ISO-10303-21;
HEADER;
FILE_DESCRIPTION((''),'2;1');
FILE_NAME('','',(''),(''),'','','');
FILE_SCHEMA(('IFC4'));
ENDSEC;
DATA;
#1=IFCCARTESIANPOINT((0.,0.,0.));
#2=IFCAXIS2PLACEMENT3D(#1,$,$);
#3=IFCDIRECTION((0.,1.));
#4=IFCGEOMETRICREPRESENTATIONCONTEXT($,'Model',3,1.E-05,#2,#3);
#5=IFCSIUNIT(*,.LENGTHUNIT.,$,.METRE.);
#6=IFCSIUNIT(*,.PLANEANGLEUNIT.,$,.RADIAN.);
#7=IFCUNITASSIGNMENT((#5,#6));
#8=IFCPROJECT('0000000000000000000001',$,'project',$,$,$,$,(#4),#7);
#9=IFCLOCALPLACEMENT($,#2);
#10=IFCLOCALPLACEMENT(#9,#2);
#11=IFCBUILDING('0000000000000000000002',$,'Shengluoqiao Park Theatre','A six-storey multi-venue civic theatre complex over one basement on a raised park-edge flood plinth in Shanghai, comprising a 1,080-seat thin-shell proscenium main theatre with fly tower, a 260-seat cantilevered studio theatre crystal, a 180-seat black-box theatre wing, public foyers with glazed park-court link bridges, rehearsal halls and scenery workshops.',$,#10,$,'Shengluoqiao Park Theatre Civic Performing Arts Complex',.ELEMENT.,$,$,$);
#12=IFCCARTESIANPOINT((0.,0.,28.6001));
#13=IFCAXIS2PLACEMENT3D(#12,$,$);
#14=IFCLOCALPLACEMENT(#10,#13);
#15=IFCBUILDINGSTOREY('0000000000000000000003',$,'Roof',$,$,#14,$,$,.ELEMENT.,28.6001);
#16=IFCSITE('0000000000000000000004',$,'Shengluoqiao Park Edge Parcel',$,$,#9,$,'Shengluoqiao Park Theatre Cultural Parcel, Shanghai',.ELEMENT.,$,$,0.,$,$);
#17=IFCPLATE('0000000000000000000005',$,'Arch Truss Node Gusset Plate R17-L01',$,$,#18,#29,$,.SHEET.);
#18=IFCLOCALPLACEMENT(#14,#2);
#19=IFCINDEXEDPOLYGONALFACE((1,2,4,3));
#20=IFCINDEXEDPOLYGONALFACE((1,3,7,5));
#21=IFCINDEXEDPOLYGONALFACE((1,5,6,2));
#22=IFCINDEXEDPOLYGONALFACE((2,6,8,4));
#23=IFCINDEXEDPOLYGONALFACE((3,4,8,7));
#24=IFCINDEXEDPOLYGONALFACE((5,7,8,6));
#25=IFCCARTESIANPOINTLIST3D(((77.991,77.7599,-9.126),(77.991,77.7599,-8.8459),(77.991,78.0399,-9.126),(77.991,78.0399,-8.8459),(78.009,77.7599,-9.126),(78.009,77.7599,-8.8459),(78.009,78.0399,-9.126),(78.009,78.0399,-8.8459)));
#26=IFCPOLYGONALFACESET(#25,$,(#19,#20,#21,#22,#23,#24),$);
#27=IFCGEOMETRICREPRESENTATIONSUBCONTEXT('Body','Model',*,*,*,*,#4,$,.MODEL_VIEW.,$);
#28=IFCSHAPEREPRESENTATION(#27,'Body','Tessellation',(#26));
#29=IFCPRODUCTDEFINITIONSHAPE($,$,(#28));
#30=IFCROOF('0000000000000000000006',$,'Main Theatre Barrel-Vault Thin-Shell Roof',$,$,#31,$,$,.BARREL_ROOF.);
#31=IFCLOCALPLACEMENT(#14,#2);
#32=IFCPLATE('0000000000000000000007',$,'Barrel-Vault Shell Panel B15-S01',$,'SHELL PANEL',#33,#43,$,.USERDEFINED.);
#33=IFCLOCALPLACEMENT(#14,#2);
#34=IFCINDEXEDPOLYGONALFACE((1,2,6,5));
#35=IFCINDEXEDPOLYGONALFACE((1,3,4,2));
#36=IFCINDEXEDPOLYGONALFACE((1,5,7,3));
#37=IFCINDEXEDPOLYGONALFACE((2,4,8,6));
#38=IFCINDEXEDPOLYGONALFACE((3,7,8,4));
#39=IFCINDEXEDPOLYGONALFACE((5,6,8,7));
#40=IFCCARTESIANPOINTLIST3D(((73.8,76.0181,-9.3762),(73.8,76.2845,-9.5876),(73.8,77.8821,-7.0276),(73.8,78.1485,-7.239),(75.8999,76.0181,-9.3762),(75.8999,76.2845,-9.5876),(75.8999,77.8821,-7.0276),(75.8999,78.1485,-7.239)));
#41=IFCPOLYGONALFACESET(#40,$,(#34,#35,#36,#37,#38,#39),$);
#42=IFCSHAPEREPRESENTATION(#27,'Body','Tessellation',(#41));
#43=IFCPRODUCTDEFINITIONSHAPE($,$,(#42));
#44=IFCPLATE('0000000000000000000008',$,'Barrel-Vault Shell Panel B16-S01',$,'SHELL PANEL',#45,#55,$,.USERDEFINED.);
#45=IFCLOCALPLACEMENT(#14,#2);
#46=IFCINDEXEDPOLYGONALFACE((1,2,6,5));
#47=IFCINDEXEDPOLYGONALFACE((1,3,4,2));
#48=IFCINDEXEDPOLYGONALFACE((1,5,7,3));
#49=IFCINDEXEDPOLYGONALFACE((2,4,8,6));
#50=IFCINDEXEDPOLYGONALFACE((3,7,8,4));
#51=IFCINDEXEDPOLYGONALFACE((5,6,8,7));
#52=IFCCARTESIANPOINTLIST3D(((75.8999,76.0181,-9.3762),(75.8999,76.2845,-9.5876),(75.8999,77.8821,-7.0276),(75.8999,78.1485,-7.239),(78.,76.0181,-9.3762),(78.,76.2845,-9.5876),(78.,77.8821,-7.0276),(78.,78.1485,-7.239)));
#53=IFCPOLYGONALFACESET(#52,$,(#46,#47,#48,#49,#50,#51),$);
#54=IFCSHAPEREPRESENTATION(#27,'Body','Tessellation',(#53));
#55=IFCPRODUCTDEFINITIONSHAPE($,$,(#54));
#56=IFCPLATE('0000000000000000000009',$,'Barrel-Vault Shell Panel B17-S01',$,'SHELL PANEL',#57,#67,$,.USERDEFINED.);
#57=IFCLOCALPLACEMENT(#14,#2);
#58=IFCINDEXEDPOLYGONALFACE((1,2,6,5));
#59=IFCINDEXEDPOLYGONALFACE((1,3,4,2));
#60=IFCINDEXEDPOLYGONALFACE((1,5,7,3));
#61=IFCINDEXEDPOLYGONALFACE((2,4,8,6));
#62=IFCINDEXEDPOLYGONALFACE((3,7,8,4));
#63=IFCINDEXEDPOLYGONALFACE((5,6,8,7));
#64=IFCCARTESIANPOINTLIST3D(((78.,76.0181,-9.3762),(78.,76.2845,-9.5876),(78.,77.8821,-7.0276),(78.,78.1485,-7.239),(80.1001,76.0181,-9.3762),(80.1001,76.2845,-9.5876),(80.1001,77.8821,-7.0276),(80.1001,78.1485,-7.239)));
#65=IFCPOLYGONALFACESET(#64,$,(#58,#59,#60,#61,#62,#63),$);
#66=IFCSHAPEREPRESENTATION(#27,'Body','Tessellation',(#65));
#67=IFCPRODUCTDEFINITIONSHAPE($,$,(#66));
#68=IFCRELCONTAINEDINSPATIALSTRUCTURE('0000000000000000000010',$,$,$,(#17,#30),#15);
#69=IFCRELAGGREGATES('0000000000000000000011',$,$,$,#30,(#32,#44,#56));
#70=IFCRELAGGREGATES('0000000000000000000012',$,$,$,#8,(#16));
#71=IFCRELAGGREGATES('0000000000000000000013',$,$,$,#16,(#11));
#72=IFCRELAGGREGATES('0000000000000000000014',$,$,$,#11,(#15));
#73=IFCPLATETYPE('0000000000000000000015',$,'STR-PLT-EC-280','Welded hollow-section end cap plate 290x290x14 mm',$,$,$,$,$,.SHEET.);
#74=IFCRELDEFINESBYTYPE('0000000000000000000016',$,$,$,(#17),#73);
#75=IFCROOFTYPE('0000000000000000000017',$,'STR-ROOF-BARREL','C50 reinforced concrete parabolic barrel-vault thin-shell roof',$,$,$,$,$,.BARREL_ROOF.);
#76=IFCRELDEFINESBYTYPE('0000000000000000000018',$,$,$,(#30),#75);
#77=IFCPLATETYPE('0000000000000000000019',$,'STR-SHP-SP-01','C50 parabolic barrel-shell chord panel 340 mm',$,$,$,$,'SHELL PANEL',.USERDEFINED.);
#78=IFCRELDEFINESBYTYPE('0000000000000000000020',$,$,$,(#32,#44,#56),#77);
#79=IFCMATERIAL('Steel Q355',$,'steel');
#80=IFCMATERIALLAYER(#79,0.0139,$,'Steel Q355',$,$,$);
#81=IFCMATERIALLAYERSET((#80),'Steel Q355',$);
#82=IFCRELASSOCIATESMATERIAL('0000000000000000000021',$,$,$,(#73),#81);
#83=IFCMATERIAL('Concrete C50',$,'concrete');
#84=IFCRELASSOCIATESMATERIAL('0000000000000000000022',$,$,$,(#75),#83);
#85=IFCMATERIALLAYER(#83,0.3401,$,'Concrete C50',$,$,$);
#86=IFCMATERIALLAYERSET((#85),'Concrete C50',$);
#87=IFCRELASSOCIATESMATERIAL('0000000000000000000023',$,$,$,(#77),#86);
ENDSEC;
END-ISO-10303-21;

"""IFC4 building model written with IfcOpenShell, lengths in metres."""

from ifc_helpers import new_model, si_unit, direction, frame, origin, origin_2d, place, context, subcontext, project, spatial, polyline, rectangle, outline, extrude, material, layer, layer_set, type_object, element, aggregate, save


model = new_model("IFC4")

# Units and contexts
model_context = context("Model", 3, precision=1e-05, world=origin(), true_north=direction((0.0, 1.0)))
body_context = subcontext(model_context, "Body", "Model", "MODEL_VIEW")
ifc_project = project(units=[si_unit("LENGTHUNIT", "METRE"), si_unit("PLANEANGLEUNIT", "RADIAN")], contexts=[model_context])

# Site, building, storey
site_placement = place(None, origin())
site = spatial("IfcSite", under=ifc_project, at=site_placement, Name="Shengluoqiao Park Edge Parcel", LongName="Shengluoqiao Park Theatre Cultural Parcel, Shanghai", CompositionType="ELEMENT", RefElevation=0.0)
building_placement = place(site_placement, origin())
building = spatial("IfcBuilding", under=site, at=building_placement, Name="Shengluoqiao Park Theatre", Description="A six-storey multi-venue civic theatre complex over one basement on a raised park-edge flood plinth in Shanghai, comprising a 1,080-seat thin-shell proscenium main theatre with fly tower, a 260-seat cantilevered studio theatre crystal, a 180-seat black-box theatre wing, public foyers with glazed park-court link bridges, rehearsal halls and scenery workshops.", LongName="Shengluoqiao Park Theatre Civic Performing Arts Complex", CompositionType="ELEMENT")
storey_placement = place(building_placement, frame((0.0, 0.0, 28.6001)))
storey = spatial("IfcBuildingStorey", under=building, at=storey_placement, Name="Roof", CompositionType="ELEMENT", Elevation=28.6001)

# Shared definitions
ifc_material_1 = material(Name="Concrete C50", Category="concrete")
ifc_material_2 = material(Name="Steel Q355", Category="steel")

# Plate
ifc_layer_1 = layer(ifc_material_2, 0.0139, Name="Steel Q355")
ifc_layer_set_1 = layer_set([ifc_layer_1], Name="Steel Q355")
plate_type_1 = type_object("IfcPlateType", Name="STR-PLT-EC-280", Description="Welded hollow-section end cap plate 290x290x14 mm", PredefinedType="SHEET", material=ifc_layer_set_1)
for number, where, z_axis, x_axis, name in (
    (1, (78.0, 77.8999, -9.126), (0.0, 0.0, 1.0), (1.0, 0.0, 0.0), "Arch Truss Node Gusset Plate R17-L01"),
):
    element("IfcPlate", number, at=place(storey_placement, frame(where, z_axis=z_axis, x_axis=x_axis)), inside=storey, type_object=plate_type_1, Name=name, PredefinedType="SHEET", context=body_context, shape_type="SweptSolid", body=[
        extrude(rectangle(XDim=0.0181, YDim=0.28, at=origin_2d()), origin(), (0.0, 0.0, 1.0), 0.28),
    ])

# Roof, plates
roof_type = type_object("IfcRoofType", Name="STR-ROOF-BARREL", Description="C50 reinforced concrete parabolic barrel-vault thin-shell roof", PredefinedType="BARREL_ROOF", material=ifc_material_1)
roof_placement = place(storey_placement, origin())
roof = element("IfcRoof", 2, at=roof_placement, inside=storey, type_object=roof_type, Name="Main Theatre Barrel-Vault Thin-Shell Roof", PredefinedType="BARREL_ROOF")
ifc_layer_2 = layer(ifc_material_1, 0.3401, Name="Concrete C50")
ifc_layer_set_2 = layer_set([ifc_layer_2], Name="Concrete C50")
plate_type_2 = type_object("IfcPlateType", Name="STR-SHP-SP-01", Description="C50 parabolic barrel-shell chord panel 340 mm", ElementType="SHELL PANEL", PredefinedType="USERDEFINED", material=ifc_layer_set_2)
plate_1_placement = place(storey_placement, frame((73.8, 76.0181, -9.3762), z_axis=(0.0, -0.783286, 0.621662), x_axis=(1.0, 0.0, 0.0)))
plate_1 = element("IfcPlate", 3, at=plate_1_placement, type_object=plate_type_2, Name="Barrel-Vault Shell Panel B15-S01", ObjectType="SHELL PANEL", PredefinedType="USERDEFINED", context=body_context, shape_type="SweptSolid", body=[
    extrude(outline(polyline([(0.0, 0.0), (2.0999, 0.0), (2.0999, 2.9984), (0.0, 2.9984), (0.0, 0.0)])), origin(), (0.0, 0.0, -1.0), 0.3401),
])
plate_2_placement = place(storey_placement, frame((75.8999, 76.0181, -9.3762), z_axis=(0.0, -0.783286, 0.621662), x_axis=(1.0, 0.0, 0.0)))
plate_2 = element("IfcPlate", 4, at=plate_2_placement, type_object=plate_type_2, Name="Barrel-Vault Shell Panel B16-S01", ObjectType="SHELL PANEL", PredefinedType="USERDEFINED", context=body_context, shape_type="SweptSolid", body=[
    extrude(outline(polyline([(0.0, 0.0), (2.1001, 0.0), (2.1001, 2.9984), (0.0, 2.9984), (0.0, 0.0)])), origin(), (0.0, 0.0, -1.0), 0.3401),
])
plate_3_placement = place(storey_placement, frame((78.0, 76.0181, -9.3762), z_axis=(0.0, -0.783286, 0.621662), x_axis=(1.0, 0.0, 0.0)))
plate_3 = element("IfcPlate", 5, at=plate_3_placement, type_object=plate_type_2, Name="Barrel-Vault Shell Panel B17-S01", ObjectType="SHELL PANEL", PredefinedType="USERDEFINED", context=body_context, shape_type="SweptSolid", body=[
    extrude(outline(polyline([(0.0, 0.0), (2.1001, 0.0), (2.1001, 2.9984), (0.0, 2.9984), (0.0, 0.0)])), origin(), (0.0, 0.0, -1.0), 0.3401),
])
aggregate(roof, [plate_1, plate_2, plate_3])

save(model, "model.ifc")
